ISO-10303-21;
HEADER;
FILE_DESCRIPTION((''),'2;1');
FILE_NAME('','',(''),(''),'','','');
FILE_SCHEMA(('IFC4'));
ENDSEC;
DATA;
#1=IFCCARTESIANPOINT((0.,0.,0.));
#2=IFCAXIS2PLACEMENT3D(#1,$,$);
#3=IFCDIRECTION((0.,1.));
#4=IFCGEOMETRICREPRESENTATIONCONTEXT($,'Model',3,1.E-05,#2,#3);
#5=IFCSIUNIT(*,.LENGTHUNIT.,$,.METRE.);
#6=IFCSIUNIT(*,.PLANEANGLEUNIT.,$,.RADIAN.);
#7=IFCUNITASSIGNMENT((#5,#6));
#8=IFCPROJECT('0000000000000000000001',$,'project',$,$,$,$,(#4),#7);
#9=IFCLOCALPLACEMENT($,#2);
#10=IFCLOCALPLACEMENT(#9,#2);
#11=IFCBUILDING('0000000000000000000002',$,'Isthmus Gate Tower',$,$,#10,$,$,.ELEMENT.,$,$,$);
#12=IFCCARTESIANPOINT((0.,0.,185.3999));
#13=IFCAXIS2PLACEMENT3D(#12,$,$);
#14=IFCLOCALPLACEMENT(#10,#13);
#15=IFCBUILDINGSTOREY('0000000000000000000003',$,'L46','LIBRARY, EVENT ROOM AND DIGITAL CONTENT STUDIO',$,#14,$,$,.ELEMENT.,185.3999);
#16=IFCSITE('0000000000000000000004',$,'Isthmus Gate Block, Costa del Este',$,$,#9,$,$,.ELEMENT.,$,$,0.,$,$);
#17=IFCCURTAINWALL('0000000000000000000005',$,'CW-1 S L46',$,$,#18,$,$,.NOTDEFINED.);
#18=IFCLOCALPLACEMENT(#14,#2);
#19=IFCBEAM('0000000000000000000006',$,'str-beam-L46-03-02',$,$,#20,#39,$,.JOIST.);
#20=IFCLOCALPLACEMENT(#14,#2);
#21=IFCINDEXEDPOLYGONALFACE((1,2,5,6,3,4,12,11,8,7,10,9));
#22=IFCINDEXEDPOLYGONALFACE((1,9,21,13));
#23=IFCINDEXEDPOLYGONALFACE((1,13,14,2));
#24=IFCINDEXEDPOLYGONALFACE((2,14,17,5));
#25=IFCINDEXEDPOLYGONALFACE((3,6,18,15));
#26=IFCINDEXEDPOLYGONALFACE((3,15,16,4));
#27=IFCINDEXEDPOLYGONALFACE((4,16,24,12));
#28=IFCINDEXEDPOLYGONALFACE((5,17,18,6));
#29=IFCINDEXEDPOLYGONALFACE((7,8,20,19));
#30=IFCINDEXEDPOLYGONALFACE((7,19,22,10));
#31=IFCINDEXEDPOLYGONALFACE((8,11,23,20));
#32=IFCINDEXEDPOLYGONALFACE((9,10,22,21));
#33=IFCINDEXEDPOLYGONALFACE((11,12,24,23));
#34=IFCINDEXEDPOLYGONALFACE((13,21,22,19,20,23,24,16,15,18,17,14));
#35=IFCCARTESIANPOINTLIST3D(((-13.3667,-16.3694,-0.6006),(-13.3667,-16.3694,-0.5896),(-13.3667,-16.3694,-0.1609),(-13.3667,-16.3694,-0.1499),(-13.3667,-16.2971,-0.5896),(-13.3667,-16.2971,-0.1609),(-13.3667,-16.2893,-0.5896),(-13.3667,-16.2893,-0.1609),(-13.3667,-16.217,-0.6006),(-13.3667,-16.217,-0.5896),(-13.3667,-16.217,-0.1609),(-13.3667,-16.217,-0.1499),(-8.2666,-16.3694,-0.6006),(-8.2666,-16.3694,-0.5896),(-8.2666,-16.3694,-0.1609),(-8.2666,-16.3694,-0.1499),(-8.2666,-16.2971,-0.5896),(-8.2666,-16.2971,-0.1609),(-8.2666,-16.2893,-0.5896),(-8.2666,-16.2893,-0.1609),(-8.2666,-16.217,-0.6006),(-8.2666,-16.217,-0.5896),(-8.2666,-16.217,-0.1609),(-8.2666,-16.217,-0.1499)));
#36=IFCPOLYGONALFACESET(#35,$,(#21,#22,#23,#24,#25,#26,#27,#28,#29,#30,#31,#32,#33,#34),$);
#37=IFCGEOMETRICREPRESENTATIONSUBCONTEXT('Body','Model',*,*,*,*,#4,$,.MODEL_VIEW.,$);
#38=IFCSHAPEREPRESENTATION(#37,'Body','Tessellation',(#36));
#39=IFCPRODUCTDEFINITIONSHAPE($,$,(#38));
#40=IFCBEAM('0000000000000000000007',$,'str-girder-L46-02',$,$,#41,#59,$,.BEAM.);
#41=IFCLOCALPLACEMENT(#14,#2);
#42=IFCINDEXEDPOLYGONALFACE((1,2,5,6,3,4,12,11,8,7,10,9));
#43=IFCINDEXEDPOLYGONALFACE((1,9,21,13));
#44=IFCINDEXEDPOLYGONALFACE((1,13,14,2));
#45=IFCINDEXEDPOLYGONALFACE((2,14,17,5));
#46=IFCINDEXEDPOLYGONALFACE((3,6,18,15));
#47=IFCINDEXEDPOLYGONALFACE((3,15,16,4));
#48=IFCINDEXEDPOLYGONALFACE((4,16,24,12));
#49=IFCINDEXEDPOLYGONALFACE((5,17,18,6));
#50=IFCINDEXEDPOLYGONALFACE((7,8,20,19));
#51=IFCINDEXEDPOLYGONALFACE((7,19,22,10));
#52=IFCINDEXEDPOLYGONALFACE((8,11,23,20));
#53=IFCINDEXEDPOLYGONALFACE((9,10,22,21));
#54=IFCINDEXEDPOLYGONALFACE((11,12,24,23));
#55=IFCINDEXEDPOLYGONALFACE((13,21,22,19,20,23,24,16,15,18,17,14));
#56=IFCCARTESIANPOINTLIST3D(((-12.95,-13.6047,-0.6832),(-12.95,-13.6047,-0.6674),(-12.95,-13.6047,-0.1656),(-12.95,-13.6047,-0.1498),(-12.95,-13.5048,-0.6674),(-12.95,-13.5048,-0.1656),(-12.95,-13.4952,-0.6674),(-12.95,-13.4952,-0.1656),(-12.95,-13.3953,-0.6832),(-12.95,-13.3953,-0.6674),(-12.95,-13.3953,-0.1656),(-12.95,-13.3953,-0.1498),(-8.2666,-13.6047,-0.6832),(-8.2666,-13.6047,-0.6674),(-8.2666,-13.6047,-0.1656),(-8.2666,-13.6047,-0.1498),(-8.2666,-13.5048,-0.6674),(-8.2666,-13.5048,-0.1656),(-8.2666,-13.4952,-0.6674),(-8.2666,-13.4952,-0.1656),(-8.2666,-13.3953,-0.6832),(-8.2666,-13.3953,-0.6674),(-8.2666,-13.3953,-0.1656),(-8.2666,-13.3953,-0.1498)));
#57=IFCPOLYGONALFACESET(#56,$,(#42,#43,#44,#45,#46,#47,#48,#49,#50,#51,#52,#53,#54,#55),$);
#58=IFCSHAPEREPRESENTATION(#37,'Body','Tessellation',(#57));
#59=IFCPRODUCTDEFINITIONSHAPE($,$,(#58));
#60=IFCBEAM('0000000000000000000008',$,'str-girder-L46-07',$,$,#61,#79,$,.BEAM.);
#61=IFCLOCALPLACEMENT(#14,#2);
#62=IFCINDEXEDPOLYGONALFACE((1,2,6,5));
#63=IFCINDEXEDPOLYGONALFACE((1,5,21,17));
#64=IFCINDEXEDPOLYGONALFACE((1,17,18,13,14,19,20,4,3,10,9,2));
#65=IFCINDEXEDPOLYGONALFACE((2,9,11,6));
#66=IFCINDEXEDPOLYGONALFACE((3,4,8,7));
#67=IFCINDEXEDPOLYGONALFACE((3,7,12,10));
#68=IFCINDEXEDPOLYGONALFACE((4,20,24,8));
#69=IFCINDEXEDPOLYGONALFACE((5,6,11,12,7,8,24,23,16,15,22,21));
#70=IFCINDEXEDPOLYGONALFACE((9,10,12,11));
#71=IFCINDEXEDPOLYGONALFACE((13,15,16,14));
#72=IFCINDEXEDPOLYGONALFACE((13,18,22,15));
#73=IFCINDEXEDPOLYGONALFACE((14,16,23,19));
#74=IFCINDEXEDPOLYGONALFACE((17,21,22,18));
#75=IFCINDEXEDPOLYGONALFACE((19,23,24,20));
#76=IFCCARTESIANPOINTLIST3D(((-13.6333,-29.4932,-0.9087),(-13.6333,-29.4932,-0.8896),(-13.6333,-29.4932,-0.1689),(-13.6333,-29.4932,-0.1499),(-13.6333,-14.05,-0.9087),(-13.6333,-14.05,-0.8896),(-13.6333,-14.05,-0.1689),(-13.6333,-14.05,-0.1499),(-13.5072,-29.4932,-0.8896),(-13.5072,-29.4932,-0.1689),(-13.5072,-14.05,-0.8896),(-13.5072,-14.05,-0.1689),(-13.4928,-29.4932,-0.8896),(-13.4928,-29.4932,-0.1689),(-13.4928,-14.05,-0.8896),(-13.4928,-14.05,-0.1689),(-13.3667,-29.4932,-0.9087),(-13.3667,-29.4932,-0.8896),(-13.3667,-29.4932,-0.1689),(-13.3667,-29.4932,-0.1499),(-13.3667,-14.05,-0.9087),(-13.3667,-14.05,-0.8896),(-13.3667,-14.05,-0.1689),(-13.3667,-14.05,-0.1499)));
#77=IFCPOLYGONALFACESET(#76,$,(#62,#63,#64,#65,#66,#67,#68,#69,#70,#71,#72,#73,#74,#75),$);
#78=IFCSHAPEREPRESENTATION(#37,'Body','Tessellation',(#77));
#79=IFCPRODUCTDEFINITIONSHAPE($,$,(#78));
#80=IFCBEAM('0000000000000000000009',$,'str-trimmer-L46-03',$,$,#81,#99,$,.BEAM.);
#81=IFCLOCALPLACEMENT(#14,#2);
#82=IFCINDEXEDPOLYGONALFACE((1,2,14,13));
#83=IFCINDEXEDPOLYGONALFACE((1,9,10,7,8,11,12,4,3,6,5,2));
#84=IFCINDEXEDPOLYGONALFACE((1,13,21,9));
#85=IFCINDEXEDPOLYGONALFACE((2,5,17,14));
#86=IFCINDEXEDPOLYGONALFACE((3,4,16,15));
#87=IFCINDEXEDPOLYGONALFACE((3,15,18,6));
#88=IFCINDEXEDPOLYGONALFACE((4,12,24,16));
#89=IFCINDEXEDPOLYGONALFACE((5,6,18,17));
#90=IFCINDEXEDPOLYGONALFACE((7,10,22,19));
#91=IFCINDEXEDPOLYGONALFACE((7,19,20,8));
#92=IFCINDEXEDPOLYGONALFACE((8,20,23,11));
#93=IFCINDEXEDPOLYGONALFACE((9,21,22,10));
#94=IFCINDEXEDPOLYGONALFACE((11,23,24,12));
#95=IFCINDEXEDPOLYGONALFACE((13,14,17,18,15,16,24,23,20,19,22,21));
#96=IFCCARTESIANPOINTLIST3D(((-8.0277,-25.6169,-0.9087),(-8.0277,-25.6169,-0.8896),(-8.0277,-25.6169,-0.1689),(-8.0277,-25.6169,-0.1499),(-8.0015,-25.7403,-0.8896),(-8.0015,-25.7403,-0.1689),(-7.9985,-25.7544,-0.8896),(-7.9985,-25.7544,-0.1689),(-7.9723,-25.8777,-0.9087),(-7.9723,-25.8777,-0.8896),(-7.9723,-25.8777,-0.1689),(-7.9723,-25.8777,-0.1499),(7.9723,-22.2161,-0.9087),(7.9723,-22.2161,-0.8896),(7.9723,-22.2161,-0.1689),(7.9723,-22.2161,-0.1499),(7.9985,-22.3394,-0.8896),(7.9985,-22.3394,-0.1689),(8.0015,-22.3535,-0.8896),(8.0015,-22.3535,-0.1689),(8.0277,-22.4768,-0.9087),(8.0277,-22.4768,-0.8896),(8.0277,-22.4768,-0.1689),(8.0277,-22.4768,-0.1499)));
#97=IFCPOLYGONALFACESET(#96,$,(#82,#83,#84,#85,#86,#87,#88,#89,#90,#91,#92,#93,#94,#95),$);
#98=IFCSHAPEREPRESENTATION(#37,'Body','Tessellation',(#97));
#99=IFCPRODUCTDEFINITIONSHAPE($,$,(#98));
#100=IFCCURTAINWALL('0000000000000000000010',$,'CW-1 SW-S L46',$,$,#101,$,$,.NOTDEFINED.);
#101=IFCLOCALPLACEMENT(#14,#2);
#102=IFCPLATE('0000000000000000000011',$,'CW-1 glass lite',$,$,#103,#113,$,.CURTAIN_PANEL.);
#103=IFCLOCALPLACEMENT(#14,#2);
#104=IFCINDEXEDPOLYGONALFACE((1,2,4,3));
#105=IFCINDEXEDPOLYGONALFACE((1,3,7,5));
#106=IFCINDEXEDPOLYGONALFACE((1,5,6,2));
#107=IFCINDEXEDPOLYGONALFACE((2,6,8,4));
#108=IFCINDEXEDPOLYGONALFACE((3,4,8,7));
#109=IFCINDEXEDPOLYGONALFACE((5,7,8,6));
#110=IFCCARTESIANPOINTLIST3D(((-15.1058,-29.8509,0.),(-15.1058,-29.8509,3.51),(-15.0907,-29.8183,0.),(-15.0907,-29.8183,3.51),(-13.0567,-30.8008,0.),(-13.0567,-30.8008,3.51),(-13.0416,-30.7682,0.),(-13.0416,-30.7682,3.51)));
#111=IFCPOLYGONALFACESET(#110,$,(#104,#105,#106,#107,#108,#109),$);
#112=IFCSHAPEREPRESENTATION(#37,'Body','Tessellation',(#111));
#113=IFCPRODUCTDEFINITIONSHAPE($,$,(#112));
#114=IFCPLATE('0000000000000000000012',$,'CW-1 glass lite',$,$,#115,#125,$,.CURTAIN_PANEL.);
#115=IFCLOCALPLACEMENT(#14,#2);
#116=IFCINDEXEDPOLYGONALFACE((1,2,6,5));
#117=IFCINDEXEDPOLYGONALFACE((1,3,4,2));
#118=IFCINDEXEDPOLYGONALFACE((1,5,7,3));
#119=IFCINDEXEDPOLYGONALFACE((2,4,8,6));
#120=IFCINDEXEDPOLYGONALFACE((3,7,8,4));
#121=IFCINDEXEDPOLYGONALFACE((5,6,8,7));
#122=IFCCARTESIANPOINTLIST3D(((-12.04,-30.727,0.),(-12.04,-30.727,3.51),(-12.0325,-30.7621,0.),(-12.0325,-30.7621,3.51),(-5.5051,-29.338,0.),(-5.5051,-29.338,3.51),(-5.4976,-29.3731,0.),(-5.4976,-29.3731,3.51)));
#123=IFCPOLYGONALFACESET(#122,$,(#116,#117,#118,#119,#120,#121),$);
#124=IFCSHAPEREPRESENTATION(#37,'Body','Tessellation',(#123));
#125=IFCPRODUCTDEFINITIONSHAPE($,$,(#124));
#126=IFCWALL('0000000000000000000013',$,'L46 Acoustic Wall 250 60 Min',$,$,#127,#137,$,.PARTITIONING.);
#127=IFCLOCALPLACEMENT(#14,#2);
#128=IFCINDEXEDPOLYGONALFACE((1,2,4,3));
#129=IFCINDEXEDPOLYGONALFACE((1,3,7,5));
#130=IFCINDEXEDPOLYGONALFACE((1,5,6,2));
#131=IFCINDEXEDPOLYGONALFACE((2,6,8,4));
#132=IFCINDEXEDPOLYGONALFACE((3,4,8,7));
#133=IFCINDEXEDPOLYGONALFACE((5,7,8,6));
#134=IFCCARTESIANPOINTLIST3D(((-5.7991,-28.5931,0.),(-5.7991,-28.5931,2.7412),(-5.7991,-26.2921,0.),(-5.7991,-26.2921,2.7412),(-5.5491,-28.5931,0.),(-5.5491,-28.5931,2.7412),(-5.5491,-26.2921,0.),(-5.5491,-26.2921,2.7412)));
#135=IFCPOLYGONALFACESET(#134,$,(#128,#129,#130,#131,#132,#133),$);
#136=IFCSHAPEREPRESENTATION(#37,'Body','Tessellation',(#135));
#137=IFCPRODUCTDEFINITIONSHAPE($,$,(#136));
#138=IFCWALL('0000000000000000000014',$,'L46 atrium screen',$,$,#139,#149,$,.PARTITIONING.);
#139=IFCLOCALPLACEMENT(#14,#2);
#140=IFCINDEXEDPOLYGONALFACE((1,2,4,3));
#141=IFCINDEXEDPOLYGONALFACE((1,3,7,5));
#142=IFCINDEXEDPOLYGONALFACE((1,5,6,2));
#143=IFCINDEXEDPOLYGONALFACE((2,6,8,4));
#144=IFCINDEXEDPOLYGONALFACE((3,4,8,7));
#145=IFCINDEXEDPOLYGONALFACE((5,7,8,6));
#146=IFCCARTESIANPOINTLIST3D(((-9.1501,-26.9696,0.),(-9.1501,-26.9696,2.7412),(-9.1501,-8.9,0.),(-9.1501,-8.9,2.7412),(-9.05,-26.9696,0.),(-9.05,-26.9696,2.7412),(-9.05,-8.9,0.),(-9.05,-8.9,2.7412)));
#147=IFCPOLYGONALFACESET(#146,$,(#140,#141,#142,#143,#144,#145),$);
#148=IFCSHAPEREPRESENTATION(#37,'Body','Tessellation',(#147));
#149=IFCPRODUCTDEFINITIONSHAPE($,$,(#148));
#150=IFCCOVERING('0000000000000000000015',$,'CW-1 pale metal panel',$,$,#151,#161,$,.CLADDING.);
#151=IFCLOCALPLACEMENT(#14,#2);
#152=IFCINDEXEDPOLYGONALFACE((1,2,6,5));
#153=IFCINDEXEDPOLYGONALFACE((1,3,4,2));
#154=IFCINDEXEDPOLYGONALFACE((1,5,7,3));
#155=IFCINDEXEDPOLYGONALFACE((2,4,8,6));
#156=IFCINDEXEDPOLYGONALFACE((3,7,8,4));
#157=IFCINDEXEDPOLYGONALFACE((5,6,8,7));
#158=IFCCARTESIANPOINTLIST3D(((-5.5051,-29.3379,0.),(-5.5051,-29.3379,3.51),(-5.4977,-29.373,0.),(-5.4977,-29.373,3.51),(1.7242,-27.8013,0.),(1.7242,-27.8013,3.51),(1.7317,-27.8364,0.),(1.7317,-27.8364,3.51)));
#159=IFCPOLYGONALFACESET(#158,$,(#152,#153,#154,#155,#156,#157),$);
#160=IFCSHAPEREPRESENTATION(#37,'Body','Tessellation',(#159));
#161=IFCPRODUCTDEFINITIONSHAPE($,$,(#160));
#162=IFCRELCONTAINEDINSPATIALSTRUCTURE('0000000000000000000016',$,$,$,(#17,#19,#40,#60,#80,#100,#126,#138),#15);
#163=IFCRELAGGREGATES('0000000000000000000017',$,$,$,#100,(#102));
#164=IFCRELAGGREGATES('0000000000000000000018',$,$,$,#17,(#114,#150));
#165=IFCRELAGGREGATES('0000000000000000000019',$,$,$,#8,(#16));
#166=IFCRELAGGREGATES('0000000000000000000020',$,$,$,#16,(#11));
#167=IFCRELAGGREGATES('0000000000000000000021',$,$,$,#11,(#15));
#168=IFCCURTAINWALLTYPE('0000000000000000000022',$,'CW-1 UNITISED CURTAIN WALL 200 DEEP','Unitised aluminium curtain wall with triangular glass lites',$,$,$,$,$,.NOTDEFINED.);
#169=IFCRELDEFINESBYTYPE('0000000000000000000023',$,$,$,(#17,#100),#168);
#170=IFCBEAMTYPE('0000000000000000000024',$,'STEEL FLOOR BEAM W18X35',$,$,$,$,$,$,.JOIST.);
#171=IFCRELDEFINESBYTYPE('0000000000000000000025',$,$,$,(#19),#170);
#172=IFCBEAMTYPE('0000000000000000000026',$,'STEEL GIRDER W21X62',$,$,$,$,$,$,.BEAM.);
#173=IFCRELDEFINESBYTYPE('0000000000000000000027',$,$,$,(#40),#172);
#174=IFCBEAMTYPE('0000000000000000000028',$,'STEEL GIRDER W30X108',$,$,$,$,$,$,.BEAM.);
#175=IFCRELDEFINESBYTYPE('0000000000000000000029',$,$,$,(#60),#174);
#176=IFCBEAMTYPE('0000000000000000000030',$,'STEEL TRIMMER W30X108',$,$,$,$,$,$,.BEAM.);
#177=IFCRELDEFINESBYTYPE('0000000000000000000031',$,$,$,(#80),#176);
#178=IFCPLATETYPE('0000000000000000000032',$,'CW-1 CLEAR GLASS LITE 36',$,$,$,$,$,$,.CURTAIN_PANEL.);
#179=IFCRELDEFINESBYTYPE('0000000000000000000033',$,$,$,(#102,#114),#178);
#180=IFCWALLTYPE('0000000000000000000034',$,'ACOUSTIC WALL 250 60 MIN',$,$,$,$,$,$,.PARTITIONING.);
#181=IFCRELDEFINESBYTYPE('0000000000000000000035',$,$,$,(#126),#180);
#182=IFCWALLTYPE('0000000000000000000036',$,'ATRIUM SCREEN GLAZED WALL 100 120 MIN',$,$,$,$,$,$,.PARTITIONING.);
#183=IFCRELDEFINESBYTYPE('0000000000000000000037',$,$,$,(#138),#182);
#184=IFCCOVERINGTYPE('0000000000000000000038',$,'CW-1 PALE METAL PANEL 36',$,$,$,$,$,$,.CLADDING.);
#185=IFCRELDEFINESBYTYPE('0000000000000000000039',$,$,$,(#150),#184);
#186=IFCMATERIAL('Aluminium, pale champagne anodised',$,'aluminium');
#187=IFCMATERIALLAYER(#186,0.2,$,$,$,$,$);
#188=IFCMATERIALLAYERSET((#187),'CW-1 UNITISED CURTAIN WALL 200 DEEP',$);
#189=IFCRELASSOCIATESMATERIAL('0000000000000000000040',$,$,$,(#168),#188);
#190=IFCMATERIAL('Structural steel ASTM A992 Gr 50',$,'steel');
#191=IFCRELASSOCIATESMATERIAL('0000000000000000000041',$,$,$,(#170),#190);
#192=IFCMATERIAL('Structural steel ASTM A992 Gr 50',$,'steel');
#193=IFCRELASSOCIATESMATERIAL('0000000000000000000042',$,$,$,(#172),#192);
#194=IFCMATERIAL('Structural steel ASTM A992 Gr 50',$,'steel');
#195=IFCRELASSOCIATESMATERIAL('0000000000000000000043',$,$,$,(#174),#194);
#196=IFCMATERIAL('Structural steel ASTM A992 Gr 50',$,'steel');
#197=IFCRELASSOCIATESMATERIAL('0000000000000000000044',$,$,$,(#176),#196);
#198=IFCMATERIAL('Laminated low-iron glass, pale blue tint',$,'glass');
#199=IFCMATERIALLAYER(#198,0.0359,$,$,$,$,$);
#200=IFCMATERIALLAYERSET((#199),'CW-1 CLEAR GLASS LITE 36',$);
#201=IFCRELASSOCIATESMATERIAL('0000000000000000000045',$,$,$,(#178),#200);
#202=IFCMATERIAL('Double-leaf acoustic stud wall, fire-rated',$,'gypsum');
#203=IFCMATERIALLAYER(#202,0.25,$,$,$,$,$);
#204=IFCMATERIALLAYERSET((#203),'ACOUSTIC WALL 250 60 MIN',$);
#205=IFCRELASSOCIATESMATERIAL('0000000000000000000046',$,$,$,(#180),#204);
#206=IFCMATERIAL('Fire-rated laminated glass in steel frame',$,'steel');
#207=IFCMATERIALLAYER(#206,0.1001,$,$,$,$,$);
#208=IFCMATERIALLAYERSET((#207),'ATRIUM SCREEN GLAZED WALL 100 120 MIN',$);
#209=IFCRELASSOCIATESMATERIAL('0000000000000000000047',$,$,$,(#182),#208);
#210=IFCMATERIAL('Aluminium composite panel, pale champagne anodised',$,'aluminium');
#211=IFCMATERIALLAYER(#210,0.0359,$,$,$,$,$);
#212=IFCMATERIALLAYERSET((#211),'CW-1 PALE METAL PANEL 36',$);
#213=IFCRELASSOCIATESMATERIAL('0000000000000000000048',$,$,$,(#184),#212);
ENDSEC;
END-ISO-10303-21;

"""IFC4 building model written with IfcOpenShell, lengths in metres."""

from ifc_helpers import new_model, si_unit, direction, frame, frame_2d, origin, origin_2d, place, context, subcontext, project, spatial, rectangle, i_section, extrude, material, layer, layer_set, material_profile, profile_set, type_object, element, aggregate, save


model = new_model("IFC4")

# Units and contexts
model_context = context("Model", 3, precision=1e-05, world=origin(), true_north=direction((0.0, 1.0)))
body_context = subcontext(model_context, "Body", "Model", "MODEL_VIEW")
ifc_project = project(units=[si_unit("LENGTHUNIT", "METRE"), si_unit("PLANEANGLEUNIT", "RADIAN")], contexts=[model_context])

# Site, building, storey
site_placement = place(None, origin())
site = spatial("IfcSite", under=ifc_project, at=site_placement, Name="Isthmus Gate Block, Costa del Este", CompositionType="ELEMENT", RefElevation=0.0)
building_placement = place(site_placement, origin())
building = spatial("IfcBuilding", under=site, at=building_placement, Name="Isthmus Gate Tower", CompositionType="ELEMENT")
storey_placement = place(building_placement, frame((0.0, 0.0, 185.3999)))
storey = spatial("IfcBuildingStorey", under=building, at=storey_placement, Name="L46", Description="LIBRARY, EVENT ROOM AND DIGITAL CONTENT STUDIO", CompositionType="ELEMENT", Elevation=185.3999)

# Curtain wall
ifc_material_1 = material(Name="Aluminium, pale champagne anodised", Category="aluminium")
ifc_layer_1 = layer(ifc_material_1, 0.2)
ifc_layer_set_1 = layer_set([ifc_layer_1], Name="CW-1 UNITISED CURTAIN WALL 200 DEEP")
curtain_wall_type = type_object("IfcCurtainWallType", Name="CW-1 UNITISED CURTAIN WALL 200 DEEP", Description="Unitised aluminium curtain wall with triangular glass lites", PredefinedType="NOTDEFINED", material=ifc_layer_set_1)
curtain_wall_1_placement = place(storey_placement, origin())
curtain_wall_1 = element("IfcCurtainWall", 1, at=curtain_wall_1_placement, inside=storey, type_object=curtain_wall_type, Name="CW-1 S L46", PredefinedType="NOTDEFINED")

# Beams
ifc_material_2 = material(Name="Structural steel ASTM A992 Gr 50", Category="steel")
ifc_material_profile_1 = material_profile(ifc_material_2, i_section(OverallWidth=0.1523, OverallDepth=0.4507, WebThickness=0.0078, FlangeThickness=0.011, at=origin_2d()), Name="W18X35")
ifc_profile_set_1 = profile_set([ifc_material_profile_1], Name="Structural steel ASTM A992 Gr 50")
beam_type_1 = type_object("IfcBeamType", Name="STEEL FLOOR BEAM W18X35", PredefinedType="JOIST", material=ifc_profile_set_1)
for number, where, z_axis, x_axis, name in (
    (2, (-13.3667, -16.2932, -0.3752), (1.0, 0.0, 0.0), (0.0, 1.0, 0.0), "str-beam-L46-03-02"),
):
    element("IfcBeam", number, at=place(storey_placement, frame(where, z_axis=z_axis, x_axis=x_axis)), inside=storey, type_object=beam_type_1, Name=name, PredefinedType="JOIST", context=body_context, shape_type="SweptSolid", body=[
        extrude(i_section(OverallWidth=0.1523, OverallDepth=0.4507, WebThickness=0.0078, FlangeThickness=0.011, at=origin_2d()), origin(), (0.0, 0.0, 1.0), 5.1001),
    ])
ifc_material_3 = material(Name="Structural steel ASTM A992 Gr 50", Category="steel")
ifc_material_profile_2 = material_profile(ifc_material_3, i_section(OverallWidth=0.2095, OverallDepth=0.5334, WebThickness=0.0095, FlangeThickness=0.0159, at=origin_2d()), Name="W21X62")
ifc_profile_set_2 = profile_set([ifc_material_profile_2], Name="Structural steel ASTM A992 Gr 50")
beam_type_2 = type_object("IfcBeamType", Name="STEEL GIRDER W21X62", PredefinedType="BEAM", material=ifc_profile_set_2)
beam_1_placement = place(storey_placement, frame((-12.95, -13.5, -0.4165), z_axis=(1.0, 0.0, 0.0), x_axis=(0.0, 1.0, 0.0)))
element("IfcBeam", 3, at=beam_1_placement, inside=storey, type_object=beam_type_2, Name="str-girder-L46-02", PredefinedType="BEAM", context=body_context, shape_type="SweptSolid", body=[
    extrude(i_section(OverallWidth=0.2095, OverallDepth=0.5334, WebThickness=0.0095, FlangeThickness=0.0159, at=origin_2d()), origin(), (0.0, 0.0, 1.0), 4.6833),
])
ifc_material_4 = material(Name="Structural steel ASTM A992 Gr 50", Category="steel")
ifc_material_profile_3 = material_profile(ifc_material_4, i_section(OverallWidth=0.2666, OverallDepth=0.7588, WebThickness=0.0144, FlangeThickness=0.019, at=origin_2d()), Name="W30X108")
ifc_profile_set_3 = profile_set([ifc_material_profile_3], Name="Structural steel ASTM A992 Gr 50")
beam_type_3 = type_object("IfcBeamType", Name="STEEL GIRDER W30X108", PredefinedType="BEAM", material=ifc_profile_set_3)
beam_2_placement = place(storey_placement, frame((-13.5, -29.4932, -0.5293), z_axis=(0.0, 1.0, 0.0), x_axis=(-1.0, 0.0, 0.0)))
element("IfcBeam", 4, at=beam_2_placement, inside=storey, type_object=beam_type_3, Name="str-girder-L46-07", PredefinedType="BEAM", context=body_context, shape_type="SweptSolid", body=[
    extrude(i_section(OverallWidth=0.2666, OverallDepth=0.7588, WebThickness=0.0144, FlangeThickness=0.019, at=origin_2d()), origin(), (0.0, 0.0, 1.0), 15.4431),
])
ifc_material_5 = material(Name="Structural steel ASTM A992 Gr 50", Category="steel")
ifc_material_profile_4 = material_profile(ifc_material_5, i_section(OverallWidth=0.2666, OverallDepth=0.7588, WebThickness=0.0144, FlangeThickness=0.019, at=origin_2d()), Name="W30X108")
ifc_profile_set_4 = profile_set([ifc_material_profile_4], Name="Structural steel ASTM A992 Gr 50")
beam_type_4 = type_object("IfcBeamType", Name="STEEL TRIMMER W30X108", PredefinedType="BEAM", material=ifc_profile_set_4)
beam_3_placement = place(storey_placement, frame((-8.0, -25.7473, -0.5293), z_axis=(0.978148, 0.20791, 0.0), x_axis=(-0.20791, 0.978148, 0.0)))
element("IfcBeam", 5, at=beam_3_placement, inside=storey, type_object=beam_type_4, Name="str-trimmer-L46-03", PredefinedType="BEAM", context=body_context, shape_type="SweptSolid", body=[
    extrude(i_section(OverallWidth=0.2666, OverallDepth=0.7588, WebThickness=0.0144, FlangeThickness=0.019, at=origin_2d()), origin(), (0.0, 0.0, 1.0), 16.3574),
])

# Curtain wall, plate
curtain_wall_2_placement = place(storey_placement, origin())
curtain_wall_2 = element("IfcCurtainWall", 6, at=curtain_wall_2_placement, inside=storey, type_object=curtain_wall_type, Name="CW-1 SW-S L46", PredefinedType="NOTDEFINED")
ifc_material_6 = material(Name="Laminated low-iron glass, pale blue tint", Category="glass")
ifc_layer_2 = layer(ifc_material_6, 0.0359)
ifc_layer_set_2 = layer_set([ifc_layer_2], Name="CW-1 CLEAR GLASS LITE 36")
plate_type = type_object("IfcPlateType", Name="CW-1 CLEAR GLASS LITE 36", PredefinedType="CURTAIN_PANEL", material=ifc_layer_set_2)
plate_1_placement = place(storey_placement, frame((-14.0737, -30.3096, 0.0), z_axis=(0.0, 0.0, 1.0), x_axis=(0.907256, -0.420578, 0.0)))
plate_1 = element("IfcPlate", 7, at=plate_1_placement, type_object=plate_type, Name="CW-1 glass lite", PredefinedType="CURTAIN_PANEL", context=body_context, shape_type="SweptSolid", body=[
    extrude(rectangle(XDim=2.2585, YDim=0.0359, at=origin_2d()), origin(), (0.0, 0.0, 1.0), 3.51),
])
aggregate(curtain_wall_2, [plate_1])

# Plate
plate_2_placement = place(storey_placement, frame((-8.7688, -30.05, 0.0), z_axis=(0.0, 0.0, 1.0), x_axis=(0.978148, 0.207912, 0.0)))
plate_2 = element("IfcPlate", 8, at=plate_2_placement, type_object=plate_type, Name="CW-1 glass lite", PredefinedType="CURTAIN_PANEL", context=body_context, shape_type="SweptSolid", body=[
    extrude(rectangle(XDim=6.6809, YDim=0.0359, at=origin_2d()), origin(), (0.0, 0.0, 1.0), 3.51),
])

# Walls
ifc_material_7 = material(Name="Double-leaf acoustic stud wall, fire-rated", Category="gypsum")
ifc_layer_3 = layer(ifc_material_7, 0.25)
ifc_layer_set_3 = layer_set([ifc_layer_3], Name="ACOUSTIC WALL 250 60 MIN")
wall_type_1 = type_object("IfcWallType", Name="ACOUSTIC WALL 250 60 MIN", PredefinedType="PARTITIONING", material=ifc_layer_set_3)
wall_1_placement = place(storey_placement, frame((-5.6741, -28.593, 0.0), z_axis=(0.0, 0.0, 1.0), x_axis=(0.0, 1.0, 0.0)))
element("IfcWall", 9, at=wall_1_placement, inside=storey, type_object=wall_type_1, Name="L46 Acoustic Wall 250 60 Min", PredefinedType="PARTITIONING", context=body_context, shape_type="SweptSolid", body=[
    extrude(rectangle(XDim=2.301, YDim=0.25, at=frame_2d((1.1504, 0.0))), origin(), (0.0, 0.0, 1.0), 2.7412),
])
ifc_material_8 = material(Name="Fire-rated laminated glass in steel frame", Category="steel")
ifc_layer_4 = layer(ifc_material_8, 0.1001)
ifc_layer_set_4 = layer_set([ifc_layer_4], Name="ATRIUM SCREEN GLAZED WALL 100 120 MIN")
wall_type_2 = type_object("IfcWallType", Name="ATRIUM SCREEN GLAZED WALL 100 120 MIN", PredefinedType="PARTITIONING", material=ifc_layer_set_4)
wall_2_placement = place(storey_placement, frame((-9.1001, -26.9695, 0.0), z_axis=(0.0, 0.0, 1.0), x_axis=(0.0, 1.0, 0.0)))
element("IfcWall", 10, at=wall_2_placement, inside=storey, type_object=wall_type_2, Name="L46 atrium screen", PredefinedType="PARTITIONING", context=body_context, shape_type="SweptSolid", body=[
    extrude(rectangle(XDim=18.0696, YDim=0.1001, at=frame_2d((9.0347, 0.0))), origin(), (0.0, 0.0, 1.0), 2.7412),
])

# Covering
ifc_material_9 = material(Name="Aluminium composite panel, pale champagne anodised", Category="aluminium")
ifc_layer_5 = layer(ifc_material_9, 0.0359)
ifc_layer_set_5 = layer_set([ifc_layer_5], Name="CW-1 PALE METAL PANEL 36")
covering_type = type_object("IfcCoveringType", Name="CW-1 PALE METAL PANEL 36", PredefinedType="CLADDING", material=ifc_layer_set_5)
covering_placement = place(storey_placement, frame((-1.8867, -28.5872, 0.0), z_axis=(0.0, 0.0, 1.0), x_axis=(0.978148, 0.207912, 0.0)))
covering = element("IfcCovering", 11, at=covering_placement, type_object=covering_type, Name="CW-1 pale metal panel", PredefinedType="CLADDING", context=body_context, shape_type="SweptSolid", body=[
    extrude(rectangle(XDim=7.3909, YDim=0.0359, at=origin_2d()), origin(), (0.0, 0.0, 1.0), 3.51),
])
aggregate(curtain_wall_1, [plate_2, covering])

save(model, "model.ifc")
